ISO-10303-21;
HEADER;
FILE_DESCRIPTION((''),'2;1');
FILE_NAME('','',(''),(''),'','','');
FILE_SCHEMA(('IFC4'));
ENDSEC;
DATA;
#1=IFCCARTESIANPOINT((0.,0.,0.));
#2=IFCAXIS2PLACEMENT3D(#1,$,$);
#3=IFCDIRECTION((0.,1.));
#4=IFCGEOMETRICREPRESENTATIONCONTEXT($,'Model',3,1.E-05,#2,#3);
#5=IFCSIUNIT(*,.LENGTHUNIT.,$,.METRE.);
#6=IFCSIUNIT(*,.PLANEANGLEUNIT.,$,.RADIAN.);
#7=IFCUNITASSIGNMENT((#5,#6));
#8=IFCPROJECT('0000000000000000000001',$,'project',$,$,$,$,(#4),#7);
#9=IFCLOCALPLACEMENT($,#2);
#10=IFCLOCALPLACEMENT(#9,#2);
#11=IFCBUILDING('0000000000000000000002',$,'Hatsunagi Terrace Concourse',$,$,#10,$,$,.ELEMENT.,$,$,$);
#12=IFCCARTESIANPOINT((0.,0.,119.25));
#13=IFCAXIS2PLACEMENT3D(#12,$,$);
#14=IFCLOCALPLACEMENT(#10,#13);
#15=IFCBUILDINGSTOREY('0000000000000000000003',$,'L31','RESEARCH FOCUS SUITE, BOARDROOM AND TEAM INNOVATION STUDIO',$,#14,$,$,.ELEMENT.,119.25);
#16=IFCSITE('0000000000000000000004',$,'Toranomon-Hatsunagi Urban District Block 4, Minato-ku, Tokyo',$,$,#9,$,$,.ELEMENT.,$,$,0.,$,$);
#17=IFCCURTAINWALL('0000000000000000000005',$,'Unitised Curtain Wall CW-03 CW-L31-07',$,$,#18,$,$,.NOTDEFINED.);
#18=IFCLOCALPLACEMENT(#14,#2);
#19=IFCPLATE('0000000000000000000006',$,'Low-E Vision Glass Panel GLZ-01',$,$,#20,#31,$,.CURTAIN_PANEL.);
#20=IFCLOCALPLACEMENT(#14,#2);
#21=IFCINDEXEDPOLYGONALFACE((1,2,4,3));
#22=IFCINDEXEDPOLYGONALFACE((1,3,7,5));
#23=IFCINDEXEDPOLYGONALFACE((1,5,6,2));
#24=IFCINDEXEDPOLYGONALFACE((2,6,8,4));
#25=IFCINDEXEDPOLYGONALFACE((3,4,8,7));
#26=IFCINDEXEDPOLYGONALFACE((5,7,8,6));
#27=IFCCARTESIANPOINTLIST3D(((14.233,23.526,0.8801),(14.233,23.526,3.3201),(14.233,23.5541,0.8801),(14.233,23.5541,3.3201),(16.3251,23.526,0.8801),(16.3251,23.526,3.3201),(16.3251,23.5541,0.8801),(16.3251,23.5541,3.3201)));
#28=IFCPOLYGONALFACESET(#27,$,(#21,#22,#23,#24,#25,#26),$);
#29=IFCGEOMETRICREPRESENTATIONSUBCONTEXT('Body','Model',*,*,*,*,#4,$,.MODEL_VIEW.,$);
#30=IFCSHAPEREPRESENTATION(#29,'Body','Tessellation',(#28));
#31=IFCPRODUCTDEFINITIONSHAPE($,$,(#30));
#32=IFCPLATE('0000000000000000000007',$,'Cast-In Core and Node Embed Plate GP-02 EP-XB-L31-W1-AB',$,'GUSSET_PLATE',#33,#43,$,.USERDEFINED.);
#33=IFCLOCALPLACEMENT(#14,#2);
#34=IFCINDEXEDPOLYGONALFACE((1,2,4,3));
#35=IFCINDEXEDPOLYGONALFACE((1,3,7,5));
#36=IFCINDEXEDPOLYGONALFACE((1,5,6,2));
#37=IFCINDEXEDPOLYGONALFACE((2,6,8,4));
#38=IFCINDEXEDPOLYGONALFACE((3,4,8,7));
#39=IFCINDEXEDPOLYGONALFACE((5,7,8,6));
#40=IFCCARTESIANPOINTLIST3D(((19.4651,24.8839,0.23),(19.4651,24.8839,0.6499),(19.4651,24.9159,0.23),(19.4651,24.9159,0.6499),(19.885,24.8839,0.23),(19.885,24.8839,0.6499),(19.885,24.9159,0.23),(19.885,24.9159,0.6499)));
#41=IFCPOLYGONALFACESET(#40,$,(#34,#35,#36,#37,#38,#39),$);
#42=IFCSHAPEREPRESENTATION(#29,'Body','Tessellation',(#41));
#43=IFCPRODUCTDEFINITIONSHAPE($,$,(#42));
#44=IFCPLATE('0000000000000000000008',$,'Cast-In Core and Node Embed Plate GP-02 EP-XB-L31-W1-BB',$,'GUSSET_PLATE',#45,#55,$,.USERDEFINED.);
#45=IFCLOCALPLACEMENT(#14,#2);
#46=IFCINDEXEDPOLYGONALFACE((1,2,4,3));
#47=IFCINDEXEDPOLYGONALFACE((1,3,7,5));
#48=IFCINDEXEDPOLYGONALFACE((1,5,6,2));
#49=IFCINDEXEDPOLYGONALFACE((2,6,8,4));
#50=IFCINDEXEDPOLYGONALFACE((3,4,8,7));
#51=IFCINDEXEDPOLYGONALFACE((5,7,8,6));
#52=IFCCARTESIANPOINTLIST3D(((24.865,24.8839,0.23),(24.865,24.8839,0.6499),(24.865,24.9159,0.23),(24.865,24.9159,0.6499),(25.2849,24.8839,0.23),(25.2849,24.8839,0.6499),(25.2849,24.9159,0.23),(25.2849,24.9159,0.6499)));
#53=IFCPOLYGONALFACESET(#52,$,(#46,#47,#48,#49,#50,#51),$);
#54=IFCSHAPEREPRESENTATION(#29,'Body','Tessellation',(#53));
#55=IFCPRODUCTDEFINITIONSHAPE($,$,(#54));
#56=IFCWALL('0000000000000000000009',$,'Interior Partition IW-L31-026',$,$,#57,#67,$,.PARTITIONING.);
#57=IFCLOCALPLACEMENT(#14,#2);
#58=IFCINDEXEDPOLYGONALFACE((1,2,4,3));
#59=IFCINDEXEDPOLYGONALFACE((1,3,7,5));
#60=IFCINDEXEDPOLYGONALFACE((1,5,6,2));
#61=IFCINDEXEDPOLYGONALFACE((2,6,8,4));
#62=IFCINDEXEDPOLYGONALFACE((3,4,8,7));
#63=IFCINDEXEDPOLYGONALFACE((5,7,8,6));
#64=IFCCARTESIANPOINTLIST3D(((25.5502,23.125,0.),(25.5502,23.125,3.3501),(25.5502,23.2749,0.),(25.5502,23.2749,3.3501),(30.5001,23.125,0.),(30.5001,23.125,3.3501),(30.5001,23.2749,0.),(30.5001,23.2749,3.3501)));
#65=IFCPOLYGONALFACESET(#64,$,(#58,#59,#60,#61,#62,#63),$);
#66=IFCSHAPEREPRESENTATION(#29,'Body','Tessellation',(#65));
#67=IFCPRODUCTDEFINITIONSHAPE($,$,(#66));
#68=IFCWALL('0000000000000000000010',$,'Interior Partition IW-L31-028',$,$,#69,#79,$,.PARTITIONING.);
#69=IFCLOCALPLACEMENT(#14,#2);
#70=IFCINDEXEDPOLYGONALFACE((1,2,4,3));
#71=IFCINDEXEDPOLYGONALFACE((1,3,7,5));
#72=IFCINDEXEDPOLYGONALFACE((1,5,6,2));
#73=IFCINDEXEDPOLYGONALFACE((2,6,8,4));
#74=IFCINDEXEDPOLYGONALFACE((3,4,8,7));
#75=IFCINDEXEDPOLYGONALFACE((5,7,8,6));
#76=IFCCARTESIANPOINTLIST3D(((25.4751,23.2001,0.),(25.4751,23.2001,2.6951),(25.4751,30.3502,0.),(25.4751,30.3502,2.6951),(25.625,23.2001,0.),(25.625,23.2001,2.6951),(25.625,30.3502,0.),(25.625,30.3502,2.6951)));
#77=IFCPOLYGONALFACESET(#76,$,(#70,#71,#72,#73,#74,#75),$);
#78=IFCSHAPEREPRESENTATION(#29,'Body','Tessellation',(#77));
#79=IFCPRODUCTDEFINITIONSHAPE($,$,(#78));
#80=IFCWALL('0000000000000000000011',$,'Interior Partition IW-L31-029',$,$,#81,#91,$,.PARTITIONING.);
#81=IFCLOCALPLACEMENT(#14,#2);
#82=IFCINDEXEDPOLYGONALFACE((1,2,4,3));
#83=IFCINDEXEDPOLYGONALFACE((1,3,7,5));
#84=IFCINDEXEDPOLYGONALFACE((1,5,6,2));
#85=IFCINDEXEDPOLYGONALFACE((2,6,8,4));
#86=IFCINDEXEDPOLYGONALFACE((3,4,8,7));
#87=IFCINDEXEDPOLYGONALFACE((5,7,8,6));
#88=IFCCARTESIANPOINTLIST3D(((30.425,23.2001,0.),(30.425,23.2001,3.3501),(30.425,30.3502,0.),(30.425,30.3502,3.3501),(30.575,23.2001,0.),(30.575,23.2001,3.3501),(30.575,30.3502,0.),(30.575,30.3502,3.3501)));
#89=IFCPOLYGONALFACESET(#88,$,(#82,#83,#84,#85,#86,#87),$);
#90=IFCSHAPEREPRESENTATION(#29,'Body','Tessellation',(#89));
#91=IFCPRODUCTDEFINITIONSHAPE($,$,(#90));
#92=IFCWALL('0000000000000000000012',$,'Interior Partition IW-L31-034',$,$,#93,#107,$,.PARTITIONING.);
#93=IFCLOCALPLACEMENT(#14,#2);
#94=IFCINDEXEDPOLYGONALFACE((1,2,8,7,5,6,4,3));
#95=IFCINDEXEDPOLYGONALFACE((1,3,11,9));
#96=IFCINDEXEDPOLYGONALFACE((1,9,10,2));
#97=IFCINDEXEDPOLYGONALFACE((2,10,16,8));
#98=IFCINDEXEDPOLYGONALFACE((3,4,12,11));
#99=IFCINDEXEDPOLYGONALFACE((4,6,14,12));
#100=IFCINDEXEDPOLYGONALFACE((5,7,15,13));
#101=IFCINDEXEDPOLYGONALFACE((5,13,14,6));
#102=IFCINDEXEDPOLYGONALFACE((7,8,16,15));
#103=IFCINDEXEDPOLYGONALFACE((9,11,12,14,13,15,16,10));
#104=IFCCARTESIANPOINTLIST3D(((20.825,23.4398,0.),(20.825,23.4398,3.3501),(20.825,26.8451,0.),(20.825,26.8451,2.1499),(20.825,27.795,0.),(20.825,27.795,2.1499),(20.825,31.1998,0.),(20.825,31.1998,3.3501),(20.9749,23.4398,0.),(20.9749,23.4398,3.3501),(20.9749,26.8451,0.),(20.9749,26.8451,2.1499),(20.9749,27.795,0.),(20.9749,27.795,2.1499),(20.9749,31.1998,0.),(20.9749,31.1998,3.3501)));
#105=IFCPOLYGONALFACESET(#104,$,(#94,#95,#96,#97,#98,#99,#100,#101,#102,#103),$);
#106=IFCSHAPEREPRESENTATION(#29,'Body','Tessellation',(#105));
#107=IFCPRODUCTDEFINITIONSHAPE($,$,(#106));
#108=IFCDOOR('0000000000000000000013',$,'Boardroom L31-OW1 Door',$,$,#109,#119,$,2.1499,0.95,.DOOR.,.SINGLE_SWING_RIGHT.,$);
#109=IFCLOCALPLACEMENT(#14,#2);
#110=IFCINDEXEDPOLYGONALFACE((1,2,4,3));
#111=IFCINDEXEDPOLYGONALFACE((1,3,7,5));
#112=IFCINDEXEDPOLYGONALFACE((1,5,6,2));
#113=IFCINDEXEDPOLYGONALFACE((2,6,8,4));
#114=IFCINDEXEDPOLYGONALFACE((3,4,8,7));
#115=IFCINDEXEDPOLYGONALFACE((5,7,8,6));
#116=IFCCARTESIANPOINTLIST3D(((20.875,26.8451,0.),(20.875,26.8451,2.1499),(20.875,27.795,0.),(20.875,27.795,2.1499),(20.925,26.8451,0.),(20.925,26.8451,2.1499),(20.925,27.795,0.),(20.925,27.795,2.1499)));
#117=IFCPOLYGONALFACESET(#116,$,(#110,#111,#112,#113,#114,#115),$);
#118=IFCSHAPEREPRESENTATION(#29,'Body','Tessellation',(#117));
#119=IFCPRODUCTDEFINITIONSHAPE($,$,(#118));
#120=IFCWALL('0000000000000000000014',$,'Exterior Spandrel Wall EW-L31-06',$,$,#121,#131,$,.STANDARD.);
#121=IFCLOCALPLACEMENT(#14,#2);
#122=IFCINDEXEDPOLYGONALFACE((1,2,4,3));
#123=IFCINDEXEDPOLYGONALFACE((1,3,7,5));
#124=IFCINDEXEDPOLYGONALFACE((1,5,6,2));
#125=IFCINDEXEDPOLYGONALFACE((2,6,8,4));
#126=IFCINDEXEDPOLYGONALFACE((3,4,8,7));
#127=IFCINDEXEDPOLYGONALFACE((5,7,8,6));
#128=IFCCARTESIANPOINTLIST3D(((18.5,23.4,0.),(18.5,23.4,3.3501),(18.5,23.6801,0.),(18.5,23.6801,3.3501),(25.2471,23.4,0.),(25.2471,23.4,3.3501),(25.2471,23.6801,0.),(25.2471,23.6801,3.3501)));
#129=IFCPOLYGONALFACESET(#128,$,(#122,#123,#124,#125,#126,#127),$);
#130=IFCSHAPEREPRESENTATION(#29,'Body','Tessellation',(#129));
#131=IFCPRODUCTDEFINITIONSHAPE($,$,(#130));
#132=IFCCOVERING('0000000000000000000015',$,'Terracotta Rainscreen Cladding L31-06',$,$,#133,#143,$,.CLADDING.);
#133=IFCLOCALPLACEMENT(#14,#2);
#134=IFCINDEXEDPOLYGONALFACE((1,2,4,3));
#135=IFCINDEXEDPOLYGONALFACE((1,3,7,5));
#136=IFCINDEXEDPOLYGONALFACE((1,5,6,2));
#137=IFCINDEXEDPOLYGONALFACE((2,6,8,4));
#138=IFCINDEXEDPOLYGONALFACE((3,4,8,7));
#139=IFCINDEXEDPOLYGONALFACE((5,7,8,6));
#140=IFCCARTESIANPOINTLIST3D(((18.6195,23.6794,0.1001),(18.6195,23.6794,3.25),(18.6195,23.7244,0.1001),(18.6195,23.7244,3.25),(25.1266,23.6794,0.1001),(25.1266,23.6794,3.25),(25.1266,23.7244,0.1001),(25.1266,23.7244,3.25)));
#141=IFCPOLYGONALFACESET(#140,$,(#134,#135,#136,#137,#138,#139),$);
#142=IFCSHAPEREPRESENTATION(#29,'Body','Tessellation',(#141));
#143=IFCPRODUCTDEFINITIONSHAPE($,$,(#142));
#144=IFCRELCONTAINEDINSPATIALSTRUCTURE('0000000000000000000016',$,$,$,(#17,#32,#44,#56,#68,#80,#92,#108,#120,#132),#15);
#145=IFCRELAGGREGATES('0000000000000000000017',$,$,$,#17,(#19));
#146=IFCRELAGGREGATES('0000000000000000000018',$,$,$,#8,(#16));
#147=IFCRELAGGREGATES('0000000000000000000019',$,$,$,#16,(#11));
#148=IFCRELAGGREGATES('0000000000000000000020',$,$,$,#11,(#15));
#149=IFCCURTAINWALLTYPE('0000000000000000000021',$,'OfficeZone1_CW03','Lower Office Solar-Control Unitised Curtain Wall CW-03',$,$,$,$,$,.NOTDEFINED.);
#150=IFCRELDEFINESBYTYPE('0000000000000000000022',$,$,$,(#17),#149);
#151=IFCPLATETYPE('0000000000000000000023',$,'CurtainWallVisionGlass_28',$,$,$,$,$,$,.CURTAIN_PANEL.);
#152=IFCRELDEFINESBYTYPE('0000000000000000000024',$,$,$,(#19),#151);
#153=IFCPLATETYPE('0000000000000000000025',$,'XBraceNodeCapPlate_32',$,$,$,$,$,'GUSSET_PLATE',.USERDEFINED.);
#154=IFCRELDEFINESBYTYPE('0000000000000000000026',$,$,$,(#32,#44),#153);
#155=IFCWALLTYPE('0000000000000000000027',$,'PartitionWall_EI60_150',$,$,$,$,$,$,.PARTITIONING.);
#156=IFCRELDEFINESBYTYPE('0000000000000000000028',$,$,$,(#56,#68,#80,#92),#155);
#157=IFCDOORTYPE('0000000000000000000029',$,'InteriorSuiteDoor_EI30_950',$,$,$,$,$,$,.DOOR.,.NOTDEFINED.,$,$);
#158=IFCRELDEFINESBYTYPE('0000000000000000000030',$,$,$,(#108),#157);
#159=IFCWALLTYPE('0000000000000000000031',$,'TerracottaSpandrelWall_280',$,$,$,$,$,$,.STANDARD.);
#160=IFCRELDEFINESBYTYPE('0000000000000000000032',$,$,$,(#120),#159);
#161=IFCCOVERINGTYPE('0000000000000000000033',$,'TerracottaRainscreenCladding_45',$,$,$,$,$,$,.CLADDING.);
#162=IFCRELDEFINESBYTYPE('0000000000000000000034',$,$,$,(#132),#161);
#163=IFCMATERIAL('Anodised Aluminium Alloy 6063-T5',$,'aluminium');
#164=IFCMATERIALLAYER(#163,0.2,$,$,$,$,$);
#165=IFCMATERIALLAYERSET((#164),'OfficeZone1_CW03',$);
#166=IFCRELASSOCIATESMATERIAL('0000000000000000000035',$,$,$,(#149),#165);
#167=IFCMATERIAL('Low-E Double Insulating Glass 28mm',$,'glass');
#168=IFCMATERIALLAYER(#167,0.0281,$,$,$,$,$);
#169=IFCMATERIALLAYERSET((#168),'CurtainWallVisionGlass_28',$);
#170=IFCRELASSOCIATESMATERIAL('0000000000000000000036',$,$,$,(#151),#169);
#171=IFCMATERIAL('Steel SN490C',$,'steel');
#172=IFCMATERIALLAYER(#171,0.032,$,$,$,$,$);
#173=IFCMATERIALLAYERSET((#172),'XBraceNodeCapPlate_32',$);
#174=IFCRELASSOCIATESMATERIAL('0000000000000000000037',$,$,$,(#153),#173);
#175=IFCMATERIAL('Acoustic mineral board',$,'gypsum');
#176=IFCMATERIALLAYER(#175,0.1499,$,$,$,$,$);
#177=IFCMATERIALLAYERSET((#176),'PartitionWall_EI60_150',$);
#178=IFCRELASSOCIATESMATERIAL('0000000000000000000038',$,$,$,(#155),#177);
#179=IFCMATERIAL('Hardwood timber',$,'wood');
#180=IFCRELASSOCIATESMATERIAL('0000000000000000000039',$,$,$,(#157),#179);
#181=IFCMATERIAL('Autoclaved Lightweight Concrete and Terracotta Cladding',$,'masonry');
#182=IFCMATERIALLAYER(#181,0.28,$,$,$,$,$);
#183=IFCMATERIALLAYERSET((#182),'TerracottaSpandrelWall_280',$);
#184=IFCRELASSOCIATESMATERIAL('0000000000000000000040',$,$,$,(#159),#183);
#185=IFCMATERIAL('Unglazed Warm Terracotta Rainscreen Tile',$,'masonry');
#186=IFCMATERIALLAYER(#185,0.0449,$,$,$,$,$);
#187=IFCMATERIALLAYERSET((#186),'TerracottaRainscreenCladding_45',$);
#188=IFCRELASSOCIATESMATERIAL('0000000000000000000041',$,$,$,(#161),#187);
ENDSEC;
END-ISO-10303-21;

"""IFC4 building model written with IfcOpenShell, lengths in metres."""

from ifc_helpers import new_model, si_unit, direction, frame, frame_2d, origin, origin_2d, place, context, subcontext, project, spatial, rectangle, extrude, material, layer, layer_set, type_object, element, fill, aggregate, save


model = new_model("IFC4")

# Units and contexts
model_context = context("Model", 3, precision=1e-05, world=origin(), true_north=direction((0.0, 1.0)))
body_context = subcontext(model_context, "Body", "Model", "MODEL_VIEW")
ifc_project = project(units=[si_unit("LENGTHUNIT", "METRE"), si_unit("PLANEANGLEUNIT", "RADIAN")], contexts=[model_context])

# Site, building, storey
site_placement = place(None, origin())
site = spatial("IfcSite", under=ifc_project, at=site_placement, Name="Toranomon-Hatsunagi Urban District Block 4, Minato-ku, Tokyo", CompositionType="ELEMENT", RefElevation=0.0)
building_placement = place(site_placement, origin())
building = spatial("IfcBuilding", under=site, at=building_placement, Name="Hatsunagi Terrace Concourse", CompositionType="ELEMENT")
storey_placement = place(building_placement, frame((0.0, 0.0, 119.25)))
storey = spatial("IfcBuildingStorey", under=building, at=storey_placement, Name="L31", Description="RESEARCH FOCUS SUITE, BOARDROOM AND TEAM INNOVATION STUDIO", CompositionType="ELEMENT", Elevation=119.25)

# Curtain wall
ifc_material_1 = material(Name="Anodised Aluminium Alloy 6063-T5", Category="aluminium")
ifc_layer_1 = layer(ifc_material_1, 0.2)
ifc_layer_set_1 = layer_set([ifc_layer_1], Name="OfficeZone1_CW03")
curtain_wall_type = type_object("IfcCurtainWallType", Name="OfficeZone1_CW03", Description="Lower Office Solar-Control Unitised Curtain Wall CW-03", PredefinedType="NOTDEFINED", material=ifc_layer_set_1)
curtain_wall_placement = place(storey_placement, origin())
curtain_wall = element("IfcCurtainWall", 1, at=curtain_wall_placement, inside=storey, type_object=curtain_wall_type, Name="Unitised Curtain Wall CW-03 CW-L31-07", PredefinedType="NOTDEFINED")

# Plate
ifc_material_2 = material(Name="Low-E Double Insulating Glass 28mm", Category="glass")
ifc_layer_2 = layer(ifc_material_2, 0.0281)
ifc_layer_set_2 = layer_set([ifc_layer_2], Name="CurtainWallVisionGlass_28")
plate_type_1 = type_object("IfcPlateType", Name="CurtainWallVisionGlass_28", PredefinedType="CURTAIN_PANEL", material=ifc_layer_set_2)
plate_1_placement = place(storey_placement, frame((15.2791, 23.54, 0.8801), z_axis=(0.0, 0.0, 1.0), x_axis=(-1.0, 0.0, 0.0)))
plate_1 = element("IfcPlate", 2, at=plate_1_placement, type_object=plate_type_1, Name="Low-E Vision Glass Panel GLZ-01", PredefinedType="CURTAIN_PANEL", context=body_context, shape_type="SweptSolid", body=[
    extrude(rectangle(XDim=2.092, YDim=0.0281, at=origin_2d()), origin(), (0.0, 0.0, 1.0), 2.4399),
])
aggregate(curtain_wall, [plate_1])

# Plates
ifc_material_3 = material(Name="Steel SN490C", Category="steel")
ifc_layer_3 = layer(ifc_material_3, 0.032)
ifc_layer_set_3 = layer_set([ifc_layer_3], Name="XBraceNodeCapPlate_32")
plate_type_2 = type_object("IfcPlateType", Name="XBraceNodeCapPlate_32", ElementType="GUSSET_PLATE", PredefinedType="USERDEFINED", material=ifc_layer_set_3)
for number, where, z_axis, x_axis, name in (
    (3, (19.675, 24.8999, 0.23), (0.0, 0.0, 1.0), (1.0, 0.0, 0.0), "Cast-In Core and Node Embed Plate GP-02 EP-XB-L31-W1-AB"),
    (4, (25.075, 24.8999, 0.23), (0.0, 0.0, 1.0), (1.0, 0.0, 0.0), "Cast-In Core and Node Embed Plate GP-02 EP-XB-L31-W1-BB"),
):
    element("IfcPlate", number, at=place(storey_placement, frame(where, z_axis=z_axis, x_axis=x_axis)), inside=storey, type_object=plate_type_2, Name=name, ObjectType="GUSSET_PLATE", PredefinedType="USERDEFINED", context=body_context, shape_type="SweptSolid", body=[
        extrude(rectangle(XDim=0.4199, YDim=0.032, at=origin_2d()), origin(), (0.0, 0.0, 1.0), 0.4199),
    ])

# Walls
ifc_material_4 = material(Name="Acoustic mineral board", Category="gypsum")
ifc_layer_4 = layer(ifc_material_4, 0.1499)
ifc_layer_set_4 = layer_set([ifc_layer_4], Name="PartitionWall_EI60_150")
wall_type_1 = type_object("IfcWallType", Name="PartitionWall_EI60_150", PredefinedType="PARTITIONING", material=ifc_layer_set_4)
wall_1_placement = place(storey_placement, frame((25.55, 23.2, 0.0), z_axis=(0.0, 0.0, 1.0), x_axis=(1.0, 0.0, 0.0)))
element("IfcWall", 5, at=wall_1_placement, inside=storey, type_object=wall_type_1, Name="Interior Partition IW-L31-026", PredefinedType="PARTITIONING", context=body_context, shape_type="SweptSolid", body=[
    extrude(rectangle(XDim=4.95, YDim=0.1499, at=frame_2d((2.4751, 0.0))), origin(), (0.0, 0.0, 1.0), 3.3501),
])
wall_2_placement = place(storey_placement, frame((25.55, 23.2, 0.0), z_axis=(0.0, 0.0, 1.0), x_axis=(0.0, 1.0, 0.0)))
element("IfcWall", 6, at=wall_2_placement, inside=storey, type_object=wall_type_1, Name="Interior Partition IW-L31-028", PredefinedType="PARTITIONING", context=body_context, shape_type="SweptSolid", body=[
    extrude(rectangle(XDim=7.1501, YDim=0.1499, at=frame_2d((3.5752, 0.0))), origin(), (0.0, 0.0, 1.0), 2.6951),
])
wall_3_placement = place(storey_placement, frame((30.5, 23.2, 0.0), z_axis=(0.0, 0.0, 1.0), x_axis=(0.0, 1.0, 0.0)))
element("IfcWall", 7, at=wall_3_placement, inside=storey, type_object=wall_type_1, Name="Interior Partition IW-L31-029", PredefinedType="PARTITIONING", context=body_context, shape_type="SweptSolid", body=[
    extrude(rectangle(XDim=7.1501, YDim=0.1499, at=frame_2d((3.5752, 0.0))), origin(), (0.0, 0.0, 1.0), 3.3501),
])

# Wall, opening, door
wall_4_placement = place(storey_placement, frame((20.8999, 23.4399, 0.0), z_axis=(0.0, 0.0, 1.0), x_axis=(0.0, 1.0, 0.0)))
wall_4 = element("IfcWall", 8, at=wall_4_placement, inside=storey, type_object=wall_type_1, Name="Interior Partition IW-L31-034", PredefinedType="PARTITIONING", context=body_context, shape_type="SweptSolid", body=[
    extrude(rectangle(XDim=7.76, YDim=0.1499, at=frame_2d((3.8799, 0.0))), origin(), (0.0, 0.0, 1.0), 3.3501),
])
opening_placement = place(wall_4_placement, frame((3.405, 0.0, 0.0)))
opening = element("IfcOpeningElement", 9, at=opening_placement, cuts=wall_4, PredefinedType="OPENING", context=body_context, shape_type="SweptSolid", body=[
    extrude(rectangle(XDim=0.95, YDim=2.1499, at=frame_2d((0.4751, 1.075))), frame((0.0, 0.085, 0.0), z_axis=(0.0, -1.0, 0.0), x_axis=(1.0, 0.0, 0.0)), (0.0, 0.0, 1.0), 0.1699),
])
ifc_material_5 = material(Name="Hardwood timber", Category="wood")
door_type = type_object("IfcDoorType", Name="InteriorSuiteDoor_EI30_950", OperationType="NOTDEFINED", PredefinedType="DOOR", material=ifc_material_5)
door_placement = place(opening_placement, origin())
door = element("IfcDoor", 10, at=door_placement, inside=storey, type_object=door_type, Name="Boardroom L31-OW1 Door", OperationType="SINGLE_SWING_RIGHT", OverallHeight=2.1499, OverallWidth=0.95, PredefinedType="DOOR", context=body_context, shape_type="SweptSolid", body=[
    extrude(rectangle(XDim=0.95, YDim=2.1499, at=frame_2d((0.4751, 1.075))), frame((0.0, 0.0249, 0.0), z_axis=(0.0, -1.0, 0.0), x_axis=(1.0, 0.0, 0.0)), (0.0, 0.0, 1.0), 0.05),
])
fill(opening, door)

# Wall
ifc_material_6 = material(Name="Autoclaved Lightweight Concrete and Terracotta Cladding", Category="masonry")
ifc_layer_5 = layer(ifc_material_6, 0.28)
ifc_layer_set_5 = layer_set([ifc_layer_5], Name="TerracottaSpandrelWall_280")
wall_type_2 = type_object("IfcWallType", Name="TerracottaSpandrelWall_280", PredefinedType="STANDARD", material=ifc_layer_set_5)
wall_5_placement = place(storey_placement, frame((25.2471, 23.54, 0.0), z_axis=(0.0, 0.0, 1.0), x_axis=(-1.0, 0.0, 0.0)))
element("IfcWall", 11, at=wall_5_placement, inside=storey, type_object=wall_type_2, Name="Exterior Spandrel Wall EW-L31-06", PredefinedType="STANDARD", context=body_context, shape_type="SweptSolid", body=[
    extrude(rectangle(XDim=6.7471, YDim=0.28, at=frame_2d((3.3735, 0.0))), origin(), (0.0, 0.0, 1.0), 3.3501),
])

# Covering
ifc_material_7 = material(Name="Unglazed Warm Terracotta Rainscreen Tile", Category="masonry")
ifc_layer_6 = layer(ifc_material_7, 0.0449)
ifc_layer_set_6 = layer_set([ifc_layer_6], Name="TerracottaRainscreenCladding_45")
covering_type = type_object("IfcCoveringType", Name="TerracottaRainscreenCladding_45", PredefinedType="CLADDING", material=ifc_layer_set_6)
covering_placement = place(storey_placement, frame((21.873, 23.7019, 0.1001), z_axis=(0.0, 0.0, 1.0), x_axis=(-1.0, 0.0, 0.0)))
element("IfcCovering", 12, at=covering_placement, inside=storey, type_object=covering_type, Name="Terracotta Rainscreen Cladding L31-06", PredefinedType="CLADDING", context=body_context, shape_type="SweptSolid", body=[
    extrude(rectangle(XDim=6.5071, YDim=0.0449, at=origin_2d()), origin(), (0.0, 0.0, 1.0), 3.1499),
])

save(model, "model.ifc")
